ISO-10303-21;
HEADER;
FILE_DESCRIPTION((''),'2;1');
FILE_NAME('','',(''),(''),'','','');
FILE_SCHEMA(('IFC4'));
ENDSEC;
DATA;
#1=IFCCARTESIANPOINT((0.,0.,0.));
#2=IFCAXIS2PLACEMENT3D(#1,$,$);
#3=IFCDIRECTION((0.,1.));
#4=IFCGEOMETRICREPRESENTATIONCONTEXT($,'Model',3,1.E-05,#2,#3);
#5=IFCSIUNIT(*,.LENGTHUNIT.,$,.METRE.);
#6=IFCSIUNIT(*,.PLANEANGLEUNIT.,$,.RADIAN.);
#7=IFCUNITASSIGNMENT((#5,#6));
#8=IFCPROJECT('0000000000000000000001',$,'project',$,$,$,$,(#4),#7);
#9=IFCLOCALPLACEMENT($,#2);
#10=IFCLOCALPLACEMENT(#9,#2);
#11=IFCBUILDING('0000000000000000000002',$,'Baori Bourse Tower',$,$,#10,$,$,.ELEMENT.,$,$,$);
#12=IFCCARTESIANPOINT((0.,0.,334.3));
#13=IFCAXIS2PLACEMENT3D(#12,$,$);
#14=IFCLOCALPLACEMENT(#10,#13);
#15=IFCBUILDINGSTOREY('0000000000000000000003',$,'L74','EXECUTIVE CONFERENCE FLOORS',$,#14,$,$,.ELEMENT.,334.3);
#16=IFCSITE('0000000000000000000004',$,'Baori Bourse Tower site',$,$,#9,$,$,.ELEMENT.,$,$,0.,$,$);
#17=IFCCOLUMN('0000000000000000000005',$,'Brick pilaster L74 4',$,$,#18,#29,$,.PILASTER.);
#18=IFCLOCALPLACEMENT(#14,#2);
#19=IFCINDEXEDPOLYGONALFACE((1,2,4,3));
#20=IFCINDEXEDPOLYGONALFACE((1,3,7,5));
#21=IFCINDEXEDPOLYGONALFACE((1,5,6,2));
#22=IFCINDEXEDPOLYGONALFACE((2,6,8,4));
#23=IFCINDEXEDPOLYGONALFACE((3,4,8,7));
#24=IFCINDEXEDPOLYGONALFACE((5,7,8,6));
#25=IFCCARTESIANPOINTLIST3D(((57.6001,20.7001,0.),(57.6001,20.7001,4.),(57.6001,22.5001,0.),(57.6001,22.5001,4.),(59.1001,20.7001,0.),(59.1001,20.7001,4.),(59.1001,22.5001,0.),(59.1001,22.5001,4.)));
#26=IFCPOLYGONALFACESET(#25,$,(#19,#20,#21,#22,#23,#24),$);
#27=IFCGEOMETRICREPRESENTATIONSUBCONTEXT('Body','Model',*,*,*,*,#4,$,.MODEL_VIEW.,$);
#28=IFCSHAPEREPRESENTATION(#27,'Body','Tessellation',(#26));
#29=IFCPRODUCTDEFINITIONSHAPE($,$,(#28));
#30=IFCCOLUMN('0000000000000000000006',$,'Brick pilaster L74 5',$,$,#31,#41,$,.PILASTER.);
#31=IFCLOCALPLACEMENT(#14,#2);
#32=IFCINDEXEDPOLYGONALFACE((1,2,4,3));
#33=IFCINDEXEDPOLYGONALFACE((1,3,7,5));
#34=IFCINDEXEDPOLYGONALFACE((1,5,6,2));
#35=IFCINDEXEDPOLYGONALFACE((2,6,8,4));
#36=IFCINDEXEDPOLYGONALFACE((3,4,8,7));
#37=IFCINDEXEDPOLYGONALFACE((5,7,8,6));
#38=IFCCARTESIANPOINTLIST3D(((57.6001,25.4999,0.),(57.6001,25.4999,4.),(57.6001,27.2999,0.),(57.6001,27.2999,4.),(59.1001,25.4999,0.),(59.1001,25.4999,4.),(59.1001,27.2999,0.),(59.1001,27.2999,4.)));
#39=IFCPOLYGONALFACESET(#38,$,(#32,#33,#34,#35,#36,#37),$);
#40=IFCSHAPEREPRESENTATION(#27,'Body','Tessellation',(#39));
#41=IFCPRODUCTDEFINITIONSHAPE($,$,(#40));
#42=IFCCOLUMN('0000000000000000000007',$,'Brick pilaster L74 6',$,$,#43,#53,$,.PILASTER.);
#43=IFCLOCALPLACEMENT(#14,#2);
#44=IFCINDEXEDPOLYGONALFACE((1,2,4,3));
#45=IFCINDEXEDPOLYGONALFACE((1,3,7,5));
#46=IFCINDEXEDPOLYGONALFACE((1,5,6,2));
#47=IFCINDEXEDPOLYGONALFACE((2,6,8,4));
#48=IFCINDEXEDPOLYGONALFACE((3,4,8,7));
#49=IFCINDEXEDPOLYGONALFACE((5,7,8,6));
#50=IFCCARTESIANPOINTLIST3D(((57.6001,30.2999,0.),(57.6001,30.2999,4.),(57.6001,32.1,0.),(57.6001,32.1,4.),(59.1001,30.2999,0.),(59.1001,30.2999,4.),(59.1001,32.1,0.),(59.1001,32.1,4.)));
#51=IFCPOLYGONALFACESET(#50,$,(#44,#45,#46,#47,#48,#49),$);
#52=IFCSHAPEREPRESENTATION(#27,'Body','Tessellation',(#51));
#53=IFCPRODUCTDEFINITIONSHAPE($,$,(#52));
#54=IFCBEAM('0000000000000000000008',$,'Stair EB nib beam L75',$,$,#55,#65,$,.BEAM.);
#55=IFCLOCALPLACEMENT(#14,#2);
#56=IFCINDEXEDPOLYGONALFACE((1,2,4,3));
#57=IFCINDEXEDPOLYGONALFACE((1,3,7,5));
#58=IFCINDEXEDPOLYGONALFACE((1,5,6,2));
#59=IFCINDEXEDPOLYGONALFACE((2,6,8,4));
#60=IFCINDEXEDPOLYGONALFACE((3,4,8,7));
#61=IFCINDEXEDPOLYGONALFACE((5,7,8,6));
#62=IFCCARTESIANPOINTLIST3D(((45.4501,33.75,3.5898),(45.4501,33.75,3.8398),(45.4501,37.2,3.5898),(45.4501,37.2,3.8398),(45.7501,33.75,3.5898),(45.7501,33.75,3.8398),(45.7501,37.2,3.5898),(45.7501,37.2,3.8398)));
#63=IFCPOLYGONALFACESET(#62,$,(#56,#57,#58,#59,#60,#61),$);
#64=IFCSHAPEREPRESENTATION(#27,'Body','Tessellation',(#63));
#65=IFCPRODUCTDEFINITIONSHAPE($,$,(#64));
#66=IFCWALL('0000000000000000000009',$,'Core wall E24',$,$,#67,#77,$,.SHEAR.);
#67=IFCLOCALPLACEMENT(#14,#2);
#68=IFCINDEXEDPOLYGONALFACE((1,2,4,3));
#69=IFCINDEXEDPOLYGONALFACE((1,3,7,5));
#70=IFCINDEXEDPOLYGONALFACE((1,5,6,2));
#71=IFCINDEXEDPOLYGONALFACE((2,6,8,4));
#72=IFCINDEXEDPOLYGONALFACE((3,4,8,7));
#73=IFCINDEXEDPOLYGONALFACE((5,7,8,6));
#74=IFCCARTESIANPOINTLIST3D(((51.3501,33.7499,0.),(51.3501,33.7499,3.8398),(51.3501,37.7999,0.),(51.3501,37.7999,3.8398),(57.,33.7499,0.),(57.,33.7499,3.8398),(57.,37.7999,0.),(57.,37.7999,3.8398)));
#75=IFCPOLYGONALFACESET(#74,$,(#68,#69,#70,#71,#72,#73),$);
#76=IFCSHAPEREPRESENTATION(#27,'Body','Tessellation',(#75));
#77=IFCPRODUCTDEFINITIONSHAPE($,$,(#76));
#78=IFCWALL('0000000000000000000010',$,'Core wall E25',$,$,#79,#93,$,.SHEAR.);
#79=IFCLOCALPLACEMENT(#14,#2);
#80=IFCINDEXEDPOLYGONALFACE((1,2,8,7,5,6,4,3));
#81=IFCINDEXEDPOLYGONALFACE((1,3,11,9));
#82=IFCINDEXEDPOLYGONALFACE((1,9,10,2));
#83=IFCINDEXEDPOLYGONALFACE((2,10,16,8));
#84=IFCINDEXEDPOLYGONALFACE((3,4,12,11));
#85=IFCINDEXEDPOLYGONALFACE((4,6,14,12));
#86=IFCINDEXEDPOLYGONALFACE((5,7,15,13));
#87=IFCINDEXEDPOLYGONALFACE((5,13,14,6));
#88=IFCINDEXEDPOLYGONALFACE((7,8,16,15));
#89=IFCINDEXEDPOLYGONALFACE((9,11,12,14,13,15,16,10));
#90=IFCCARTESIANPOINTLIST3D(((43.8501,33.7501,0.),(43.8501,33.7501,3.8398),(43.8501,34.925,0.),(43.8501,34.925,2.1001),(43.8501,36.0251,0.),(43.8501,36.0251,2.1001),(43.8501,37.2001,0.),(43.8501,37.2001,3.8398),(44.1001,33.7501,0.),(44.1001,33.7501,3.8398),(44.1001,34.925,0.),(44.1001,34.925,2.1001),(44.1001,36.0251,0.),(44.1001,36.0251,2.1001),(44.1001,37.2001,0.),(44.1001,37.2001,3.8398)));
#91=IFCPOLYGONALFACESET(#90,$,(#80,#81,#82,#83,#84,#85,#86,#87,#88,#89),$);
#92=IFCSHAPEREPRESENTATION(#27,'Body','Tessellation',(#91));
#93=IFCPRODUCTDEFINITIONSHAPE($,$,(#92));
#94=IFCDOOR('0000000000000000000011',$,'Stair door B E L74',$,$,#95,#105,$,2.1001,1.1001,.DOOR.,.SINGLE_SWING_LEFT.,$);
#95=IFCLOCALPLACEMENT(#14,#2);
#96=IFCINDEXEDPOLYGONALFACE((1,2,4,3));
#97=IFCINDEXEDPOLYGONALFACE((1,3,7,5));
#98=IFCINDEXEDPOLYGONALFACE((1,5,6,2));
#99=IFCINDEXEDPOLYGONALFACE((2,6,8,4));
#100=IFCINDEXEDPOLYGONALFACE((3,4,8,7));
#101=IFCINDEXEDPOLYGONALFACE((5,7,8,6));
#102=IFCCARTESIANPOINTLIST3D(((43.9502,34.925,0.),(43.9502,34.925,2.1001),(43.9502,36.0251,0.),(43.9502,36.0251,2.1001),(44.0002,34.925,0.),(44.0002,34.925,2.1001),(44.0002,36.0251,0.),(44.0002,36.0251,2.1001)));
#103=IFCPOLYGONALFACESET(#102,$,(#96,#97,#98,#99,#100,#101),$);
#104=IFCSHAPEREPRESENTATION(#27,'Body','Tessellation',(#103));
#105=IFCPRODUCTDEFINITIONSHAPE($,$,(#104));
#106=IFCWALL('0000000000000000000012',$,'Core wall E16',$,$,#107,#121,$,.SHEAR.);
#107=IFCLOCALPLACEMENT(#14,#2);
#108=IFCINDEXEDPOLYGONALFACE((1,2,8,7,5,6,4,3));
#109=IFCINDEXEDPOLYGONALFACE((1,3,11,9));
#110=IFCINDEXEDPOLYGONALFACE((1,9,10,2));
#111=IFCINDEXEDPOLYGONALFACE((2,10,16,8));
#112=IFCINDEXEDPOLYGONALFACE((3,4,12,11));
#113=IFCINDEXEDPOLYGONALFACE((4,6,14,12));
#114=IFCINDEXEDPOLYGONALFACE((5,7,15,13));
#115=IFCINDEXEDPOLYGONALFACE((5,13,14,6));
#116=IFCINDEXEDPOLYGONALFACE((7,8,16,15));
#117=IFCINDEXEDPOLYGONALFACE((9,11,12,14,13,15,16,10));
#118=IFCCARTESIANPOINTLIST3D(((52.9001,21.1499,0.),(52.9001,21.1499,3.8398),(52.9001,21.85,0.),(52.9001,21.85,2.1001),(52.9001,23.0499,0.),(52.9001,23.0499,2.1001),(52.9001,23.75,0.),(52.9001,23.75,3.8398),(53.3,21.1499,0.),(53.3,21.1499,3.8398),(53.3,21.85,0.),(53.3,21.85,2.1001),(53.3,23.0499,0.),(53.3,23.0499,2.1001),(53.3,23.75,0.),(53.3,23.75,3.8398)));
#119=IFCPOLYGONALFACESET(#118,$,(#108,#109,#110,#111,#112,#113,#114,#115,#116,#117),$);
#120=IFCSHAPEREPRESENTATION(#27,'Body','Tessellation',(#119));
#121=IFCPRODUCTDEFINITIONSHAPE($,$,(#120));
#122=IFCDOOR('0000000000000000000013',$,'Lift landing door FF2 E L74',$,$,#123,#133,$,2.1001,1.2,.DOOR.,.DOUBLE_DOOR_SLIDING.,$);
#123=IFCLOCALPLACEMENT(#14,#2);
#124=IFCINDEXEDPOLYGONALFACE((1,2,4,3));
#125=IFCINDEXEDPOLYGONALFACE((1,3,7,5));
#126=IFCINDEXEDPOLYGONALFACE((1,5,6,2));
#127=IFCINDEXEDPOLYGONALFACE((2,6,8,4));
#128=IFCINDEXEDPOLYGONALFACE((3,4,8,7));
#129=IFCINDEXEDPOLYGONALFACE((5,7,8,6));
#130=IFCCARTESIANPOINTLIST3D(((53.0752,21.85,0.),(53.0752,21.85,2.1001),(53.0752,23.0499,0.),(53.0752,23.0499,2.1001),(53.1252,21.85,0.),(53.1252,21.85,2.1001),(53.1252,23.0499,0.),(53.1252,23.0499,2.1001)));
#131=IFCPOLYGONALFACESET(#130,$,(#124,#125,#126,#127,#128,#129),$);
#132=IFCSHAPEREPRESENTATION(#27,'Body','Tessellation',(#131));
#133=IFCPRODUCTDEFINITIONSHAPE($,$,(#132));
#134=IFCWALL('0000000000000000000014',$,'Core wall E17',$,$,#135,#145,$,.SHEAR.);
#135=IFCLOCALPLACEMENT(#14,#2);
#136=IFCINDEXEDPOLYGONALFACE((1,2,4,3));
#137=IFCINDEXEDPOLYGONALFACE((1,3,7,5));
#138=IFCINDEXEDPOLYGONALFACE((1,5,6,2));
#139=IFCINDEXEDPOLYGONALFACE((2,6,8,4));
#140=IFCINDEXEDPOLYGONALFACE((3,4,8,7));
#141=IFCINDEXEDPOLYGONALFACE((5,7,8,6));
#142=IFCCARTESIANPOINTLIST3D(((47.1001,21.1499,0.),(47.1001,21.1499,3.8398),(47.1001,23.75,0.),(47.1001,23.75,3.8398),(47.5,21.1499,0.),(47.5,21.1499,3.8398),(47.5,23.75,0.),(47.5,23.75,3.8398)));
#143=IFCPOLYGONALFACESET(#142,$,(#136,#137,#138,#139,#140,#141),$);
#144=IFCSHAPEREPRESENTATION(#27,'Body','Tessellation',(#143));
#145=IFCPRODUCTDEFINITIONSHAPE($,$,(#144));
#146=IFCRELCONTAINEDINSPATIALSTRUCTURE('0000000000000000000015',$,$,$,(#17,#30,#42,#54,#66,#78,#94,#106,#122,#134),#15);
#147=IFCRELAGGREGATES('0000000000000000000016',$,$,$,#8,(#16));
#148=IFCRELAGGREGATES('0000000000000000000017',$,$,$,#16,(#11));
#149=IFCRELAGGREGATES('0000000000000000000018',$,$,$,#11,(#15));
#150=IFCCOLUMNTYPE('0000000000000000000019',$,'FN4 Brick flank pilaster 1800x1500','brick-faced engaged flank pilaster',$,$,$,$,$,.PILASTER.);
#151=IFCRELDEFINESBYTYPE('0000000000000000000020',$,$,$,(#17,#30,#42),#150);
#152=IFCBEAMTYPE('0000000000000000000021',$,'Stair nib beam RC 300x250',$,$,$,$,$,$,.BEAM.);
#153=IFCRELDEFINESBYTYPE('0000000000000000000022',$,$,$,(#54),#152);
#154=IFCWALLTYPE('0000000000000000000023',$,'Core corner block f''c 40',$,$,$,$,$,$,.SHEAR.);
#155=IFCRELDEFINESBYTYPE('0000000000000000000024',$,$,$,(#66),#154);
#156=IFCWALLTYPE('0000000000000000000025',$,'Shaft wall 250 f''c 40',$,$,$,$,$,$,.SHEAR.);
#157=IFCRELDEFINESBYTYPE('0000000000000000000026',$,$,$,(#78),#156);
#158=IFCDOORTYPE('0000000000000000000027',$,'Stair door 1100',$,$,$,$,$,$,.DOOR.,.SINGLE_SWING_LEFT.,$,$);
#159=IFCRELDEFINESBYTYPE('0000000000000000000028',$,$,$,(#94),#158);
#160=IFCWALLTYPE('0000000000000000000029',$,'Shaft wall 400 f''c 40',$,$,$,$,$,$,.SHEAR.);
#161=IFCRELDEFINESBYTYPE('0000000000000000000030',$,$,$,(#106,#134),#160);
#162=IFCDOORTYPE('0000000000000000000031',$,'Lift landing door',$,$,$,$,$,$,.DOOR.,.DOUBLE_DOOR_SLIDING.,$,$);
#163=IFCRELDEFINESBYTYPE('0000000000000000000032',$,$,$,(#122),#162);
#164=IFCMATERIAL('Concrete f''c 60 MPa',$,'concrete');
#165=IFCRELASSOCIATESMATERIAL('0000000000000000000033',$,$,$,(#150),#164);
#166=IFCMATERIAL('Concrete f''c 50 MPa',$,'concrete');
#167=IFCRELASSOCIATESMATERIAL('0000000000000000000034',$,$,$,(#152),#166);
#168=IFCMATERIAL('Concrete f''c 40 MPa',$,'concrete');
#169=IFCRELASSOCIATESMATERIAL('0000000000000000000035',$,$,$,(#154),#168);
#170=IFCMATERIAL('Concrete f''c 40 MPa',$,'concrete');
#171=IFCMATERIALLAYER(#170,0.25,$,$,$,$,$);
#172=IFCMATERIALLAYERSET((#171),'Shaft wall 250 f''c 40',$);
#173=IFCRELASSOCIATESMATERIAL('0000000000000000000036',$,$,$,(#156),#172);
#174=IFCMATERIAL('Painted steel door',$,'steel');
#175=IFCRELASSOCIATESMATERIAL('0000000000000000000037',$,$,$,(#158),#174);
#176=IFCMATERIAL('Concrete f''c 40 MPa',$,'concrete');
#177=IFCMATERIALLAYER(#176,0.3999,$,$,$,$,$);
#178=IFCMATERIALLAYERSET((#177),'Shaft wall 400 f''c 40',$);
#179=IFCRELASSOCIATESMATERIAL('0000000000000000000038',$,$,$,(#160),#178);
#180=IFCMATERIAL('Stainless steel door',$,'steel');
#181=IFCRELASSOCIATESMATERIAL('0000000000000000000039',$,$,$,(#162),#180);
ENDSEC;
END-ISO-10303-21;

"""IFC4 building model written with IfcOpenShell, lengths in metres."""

from ifc_helpers import new_model, si_unit, direction, frame, frame_2d, origin, origin_2d, place, context, subcontext, project, spatial, rectangle, extrude, material, layer, layer_set, material_profile, profile_set, type_object, element, fill, save


model = new_model("IFC4")

# Units and contexts
model_context = context("Model", 3, precision=1e-05, world=origin(), true_north=direction((0.0, 1.0)))
body_context = subcontext(model_context, "Body", "Model", "MODEL_VIEW")
ifc_project = project(units=[si_unit("LENGTHUNIT", "METRE"), si_unit("PLANEANGLEUNIT", "RADIAN")], contexts=[model_context])

# Site, building, storey
site_placement = place(None, origin())
site = spatial("IfcSite", under=ifc_project, at=site_placement, Name="Baori Bourse Tower site", CompositionType="ELEMENT", RefElevation=0.0)
building_placement = place(site_placement, origin())
building = spatial("IfcBuilding", under=site, at=building_placement, Name="Baori Bourse Tower", CompositionType="ELEMENT")
storey_placement = place(building_placement, frame((0.0, 0.0, 334.3)))
storey = spatial("IfcBuildingStorey", under=building, at=storey_placement, Name="L74", Description="EXECUTIVE CONFERENCE FLOORS", CompositionType="ELEMENT", Elevation=334.3)

# Columns
ifc_material_1 = material(Name="Concrete f'c 60 MPa", Category="concrete")
ifc_material_profile_1 = material_profile(ifc_material_1, rectangle(XDim=1.8, YDim=1.5, at=origin_2d()), Name="RC 1800x1500")
ifc_profile_set_1 = profile_set([ifc_material_profile_1], Name="Concrete f'c 60 MPa")
column_type = type_object("IfcColumnType", Name="FN4 Brick flank pilaster 1800x1500", Description="brick-faced engaged flank pilaster", PredefinedType="PILASTER", material=ifc_profile_set_1)
for number, where, z_axis, x_axis, name in (
    (1, (58.3501, 21.6001, 0.0), (0.0, 0.0, 1.0), (0.0, 1.0, 0.0), "Brick pilaster L74 4"),
    (2, (58.3501, 26.3999, 0.0), (0.0, 0.0, 1.0), (0.0, 1.0, 0.0), "Brick pilaster L74 5"),
    (3, (58.3501, 31.2, 0.0), (0.0, 0.0, 1.0), (0.0, 1.0, 0.0), "Brick pilaster L74 6"),
):
    element("IfcColumn", number, at=place(storey_placement, frame(where, z_axis=z_axis, x_axis=x_axis)), inside=storey, type_object=column_type, Name=name, PredefinedType="PILASTER", context=body_context, shape_type="SweptSolid", body=[
        extrude(rectangle(XDim=1.8, YDim=1.5, at=origin_2d()), origin(), (0.0, 0.0, 1.0), 4.0),
    ])

# Beam
ifc_material_2 = material(Name="Concrete f'c 50 MPa", Category="concrete")
ifc_material_profile_2 = material_profile(ifc_material_2, rectangle(XDim=0.3, YDim=0.25, at=origin_2d()), Name="RC 300x250")
ifc_profile_set_2 = profile_set([ifc_material_profile_2], Name="Concrete f'c 50 MPa")
beam_type = type_object("IfcBeamType", Name="Stair nib beam RC 300x250", PredefinedType="BEAM", material=ifc_profile_set_2)
beam_placement = place(storey_placement, frame((45.6001, 33.75, 3.7148), z_axis=(0.0, 1.0, 0.0), x_axis=(-1.0, 0.0, 0.0)))
element("IfcBeam", 4, at=beam_placement, inside=storey, type_object=beam_type, Name="Stair EB nib beam L75", PredefinedType="BEAM", context=body_context, shape_type="SweptSolid", body=[
    extrude(rectangle(XDim=0.3, YDim=0.25, at=origin_2d()), origin(), (0.0, 0.0, 1.0), 3.45),
])

# Wall
ifc_material_3 = material(Name="Concrete f'c 40 MPa", Category="concrete")
wall_type_1 = type_object("IfcWallType", Name="Core corner block f'c 40", PredefinedType="SHEAR", material=ifc_material_3)
wall_1_placement = place(storey_placement, frame((51.3501, 35.7749, 0.0), z_axis=(0.0, 0.0, 1.0), x_axis=(1.0, 0.0, 0.0)))
element("IfcWall", 5, at=wall_1_placement, inside=storey, type_object=wall_type_1, Name="Core wall E24", PredefinedType="SHEAR", context=body_context, shape_type="SweptSolid", body=[
    extrude(rectangle(XDim=5.6499, YDim=4.05, at=frame_2d((2.825, 0.0))), origin(), (0.0, 0.0, 1.0), 3.8398),
])

# Walls, openings, doors
ifc_material_4 = material(Name="Concrete f'c 40 MPa", Category="concrete")
ifc_layer_1 = layer(ifc_material_4, 0.25)
ifc_layer_set_1 = layer_set([ifc_layer_1], Name="Shaft wall 250 f'c 40")
wall_type_2 = type_object("IfcWallType", Name="Shaft wall 250 f'c 40", PredefinedType="SHEAR", material=ifc_layer_set_1)
wall_2_placement = place(storey_placement, frame((43.9751, 33.75, 0.0), z_axis=(0.0, 0.0, 1.0), x_axis=(0.0, 1.0, 0.0)))
wall_2 = element("IfcWall", 6, at=wall_2_placement, inside=storey, type_object=wall_type_2, Name="Core wall E25", PredefinedType="SHEAR", context=body_context, shape_type="SweptSolid", body=[
    extrude(rectangle(XDim=3.45, YDim=0.25, at=frame_2d((1.7251, 0.0))), origin(), (0.0, 0.0, 1.0), 3.8398),
])
opening_1_placement = place(wall_2_placement, frame((1.175, 0.0, 0.0)))
opening_1 = element("IfcOpeningElement", 7, at=opening_1_placement, cuts=wall_2, PredefinedType="OPENING", context=body_context, shape_type="SweptSolid", body=[
    extrude(rectangle(XDim=1.1001, YDim=2.1001, at=frame_2d((0.55, 1.05))), frame((0.0, 0.135, 0.0), z_axis=(0.0, -1.0, 0.0), x_axis=(1.0, 0.0, 0.0)), (0.0, 0.0, 1.0), 0.27),
])
ifc_material_5 = material(Name="Painted steel door", Category="steel")
door_type_1 = type_object("IfcDoorType", Name="Stair door 1100", OperationType="SINGLE_SWING_LEFT", PredefinedType="DOOR", material=ifc_material_5)
door_1_placement = place(opening_1_placement, origin())
door_1 = element("IfcDoor", 8, at=door_1_placement, inside=storey, type_object=door_type_1, Name="Stair door B E L74", OperationType="SINGLE_SWING_LEFT", OverallHeight=2.1001, OverallWidth=1.1001, PredefinedType="DOOR", context=body_context, shape_type="SweptSolid", body=[
    extrude(rectangle(XDim=1.1001, YDim=2.1001, at=frame_2d((0.55, 1.05))), frame((0.0, 0.0249, 0.0), z_axis=(0.0, -1.0, 0.0), x_axis=(1.0, 0.0, 0.0)), (0.0, 0.0, 1.0), 0.05),
])
fill(opening_1, door_1)
ifc_material_6 = material(Name="Concrete f'c 40 MPa", Category="concrete")
ifc_layer_2 = layer(ifc_material_6, 0.3999)
ifc_layer_set_2 = layer_set([ifc_layer_2], Name="Shaft wall 400 f'c 40")
wall_type_3 = type_object("IfcWallType", Name="Shaft wall 400 f'c 40", PredefinedType="SHEAR", material=ifc_layer_set_2)
wall_3_placement = place(storey_placement, frame((53.1001, 21.1499, 0.0), z_axis=(0.0, 0.0, 1.0), x_axis=(0.0, 1.0, 0.0)))
wall_3 = element("IfcWall", 9, at=wall_3_placement, inside=storey, type_object=wall_type_3, Name="Core wall E16", PredefinedType="SHEAR", context=body_context, shape_type="SweptSolid", body=[
    extrude(rectangle(XDim=2.6001, YDim=0.3999, at=frame_2d((1.3, 0.0))), origin(), (0.0, 0.0, 1.0), 3.8398),
])
opening_2_placement = place(wall_3_placement, frame((0.7, 0.0, 0.0)))
opening_2 = element("IfcOpeningElement", 10, at=opening_2_placement, cuts=wall_3, PredefinedType="OPENING", context=body_context, shape_type="SweptSolid", body=[
    extrude(rectangle(XDim=1.2, YDim=2.1001, at=frame_2d((0.6001, 1.05))), frame((0.0, 0.21, 0.0), z_axis=(0.0, -1.0, 0.0), x_axis=(1.0, 0.0, 0.0)), (0.0, 0.0, 1.0), 0.4199),
])
ifc_material_7 = material(Name="Stainless steel door", Category="steel")
door_type_2 = type_object("IfcDoorType", Name="Lift landing door", OperationType="DOUBLE_DOOR_SLIDING", PredefinedType="DOOR", material=ifc_material_7)
door_2_placement = place(opening_2_placement, origin())
door_2 = element("IfcDoor", 11, at=door_2_placement, inside=storey, type_object=door_type_2, Name="Lift landing door FF2 E L74", OperationType="DOUBLE_DOOR_SLIDING", OverallHeight=2.1001, OverallWidth=1.2, PredefinedType="DOOR", context=body_context, shape_type="SweptSolid", body=[
    extrude(rectangle(XDim=1.2, YDim=2.1001, at=frame_2d((0.6001, 1.05))), frame((0.0, 0.0249, 0.0), z_axis=(0.0, -1.0, 0.0), x_axis=(1.0, 0.0, 0.0)), (0.0, 0.0, 1.0), 0.05),
])
fill(opening_2, door_2)

# Wall
wall_4_placement = place(storey_placement, frame((47.3, 21.1499, 0.0), z_axis=(0.0, 0.0, 1.0), x_axis=(0.0, 1.0, 0.0)))
element("IfcWall", 12, at=wall_4_placement, inside=storey, type_object=wall_type_3, Name="Core wall E17", PredefinedType="SHEAR", context=body_context, shape_type="SweptSolid", body=[
    extrude(rectangle(XDim=2.6001, YDim=0.3999, at=frame_2d((1.3, 0.0))), origin(), (0.0, 0.0, 1.0), 3.8398),
])

save(model, "model.ifc")
